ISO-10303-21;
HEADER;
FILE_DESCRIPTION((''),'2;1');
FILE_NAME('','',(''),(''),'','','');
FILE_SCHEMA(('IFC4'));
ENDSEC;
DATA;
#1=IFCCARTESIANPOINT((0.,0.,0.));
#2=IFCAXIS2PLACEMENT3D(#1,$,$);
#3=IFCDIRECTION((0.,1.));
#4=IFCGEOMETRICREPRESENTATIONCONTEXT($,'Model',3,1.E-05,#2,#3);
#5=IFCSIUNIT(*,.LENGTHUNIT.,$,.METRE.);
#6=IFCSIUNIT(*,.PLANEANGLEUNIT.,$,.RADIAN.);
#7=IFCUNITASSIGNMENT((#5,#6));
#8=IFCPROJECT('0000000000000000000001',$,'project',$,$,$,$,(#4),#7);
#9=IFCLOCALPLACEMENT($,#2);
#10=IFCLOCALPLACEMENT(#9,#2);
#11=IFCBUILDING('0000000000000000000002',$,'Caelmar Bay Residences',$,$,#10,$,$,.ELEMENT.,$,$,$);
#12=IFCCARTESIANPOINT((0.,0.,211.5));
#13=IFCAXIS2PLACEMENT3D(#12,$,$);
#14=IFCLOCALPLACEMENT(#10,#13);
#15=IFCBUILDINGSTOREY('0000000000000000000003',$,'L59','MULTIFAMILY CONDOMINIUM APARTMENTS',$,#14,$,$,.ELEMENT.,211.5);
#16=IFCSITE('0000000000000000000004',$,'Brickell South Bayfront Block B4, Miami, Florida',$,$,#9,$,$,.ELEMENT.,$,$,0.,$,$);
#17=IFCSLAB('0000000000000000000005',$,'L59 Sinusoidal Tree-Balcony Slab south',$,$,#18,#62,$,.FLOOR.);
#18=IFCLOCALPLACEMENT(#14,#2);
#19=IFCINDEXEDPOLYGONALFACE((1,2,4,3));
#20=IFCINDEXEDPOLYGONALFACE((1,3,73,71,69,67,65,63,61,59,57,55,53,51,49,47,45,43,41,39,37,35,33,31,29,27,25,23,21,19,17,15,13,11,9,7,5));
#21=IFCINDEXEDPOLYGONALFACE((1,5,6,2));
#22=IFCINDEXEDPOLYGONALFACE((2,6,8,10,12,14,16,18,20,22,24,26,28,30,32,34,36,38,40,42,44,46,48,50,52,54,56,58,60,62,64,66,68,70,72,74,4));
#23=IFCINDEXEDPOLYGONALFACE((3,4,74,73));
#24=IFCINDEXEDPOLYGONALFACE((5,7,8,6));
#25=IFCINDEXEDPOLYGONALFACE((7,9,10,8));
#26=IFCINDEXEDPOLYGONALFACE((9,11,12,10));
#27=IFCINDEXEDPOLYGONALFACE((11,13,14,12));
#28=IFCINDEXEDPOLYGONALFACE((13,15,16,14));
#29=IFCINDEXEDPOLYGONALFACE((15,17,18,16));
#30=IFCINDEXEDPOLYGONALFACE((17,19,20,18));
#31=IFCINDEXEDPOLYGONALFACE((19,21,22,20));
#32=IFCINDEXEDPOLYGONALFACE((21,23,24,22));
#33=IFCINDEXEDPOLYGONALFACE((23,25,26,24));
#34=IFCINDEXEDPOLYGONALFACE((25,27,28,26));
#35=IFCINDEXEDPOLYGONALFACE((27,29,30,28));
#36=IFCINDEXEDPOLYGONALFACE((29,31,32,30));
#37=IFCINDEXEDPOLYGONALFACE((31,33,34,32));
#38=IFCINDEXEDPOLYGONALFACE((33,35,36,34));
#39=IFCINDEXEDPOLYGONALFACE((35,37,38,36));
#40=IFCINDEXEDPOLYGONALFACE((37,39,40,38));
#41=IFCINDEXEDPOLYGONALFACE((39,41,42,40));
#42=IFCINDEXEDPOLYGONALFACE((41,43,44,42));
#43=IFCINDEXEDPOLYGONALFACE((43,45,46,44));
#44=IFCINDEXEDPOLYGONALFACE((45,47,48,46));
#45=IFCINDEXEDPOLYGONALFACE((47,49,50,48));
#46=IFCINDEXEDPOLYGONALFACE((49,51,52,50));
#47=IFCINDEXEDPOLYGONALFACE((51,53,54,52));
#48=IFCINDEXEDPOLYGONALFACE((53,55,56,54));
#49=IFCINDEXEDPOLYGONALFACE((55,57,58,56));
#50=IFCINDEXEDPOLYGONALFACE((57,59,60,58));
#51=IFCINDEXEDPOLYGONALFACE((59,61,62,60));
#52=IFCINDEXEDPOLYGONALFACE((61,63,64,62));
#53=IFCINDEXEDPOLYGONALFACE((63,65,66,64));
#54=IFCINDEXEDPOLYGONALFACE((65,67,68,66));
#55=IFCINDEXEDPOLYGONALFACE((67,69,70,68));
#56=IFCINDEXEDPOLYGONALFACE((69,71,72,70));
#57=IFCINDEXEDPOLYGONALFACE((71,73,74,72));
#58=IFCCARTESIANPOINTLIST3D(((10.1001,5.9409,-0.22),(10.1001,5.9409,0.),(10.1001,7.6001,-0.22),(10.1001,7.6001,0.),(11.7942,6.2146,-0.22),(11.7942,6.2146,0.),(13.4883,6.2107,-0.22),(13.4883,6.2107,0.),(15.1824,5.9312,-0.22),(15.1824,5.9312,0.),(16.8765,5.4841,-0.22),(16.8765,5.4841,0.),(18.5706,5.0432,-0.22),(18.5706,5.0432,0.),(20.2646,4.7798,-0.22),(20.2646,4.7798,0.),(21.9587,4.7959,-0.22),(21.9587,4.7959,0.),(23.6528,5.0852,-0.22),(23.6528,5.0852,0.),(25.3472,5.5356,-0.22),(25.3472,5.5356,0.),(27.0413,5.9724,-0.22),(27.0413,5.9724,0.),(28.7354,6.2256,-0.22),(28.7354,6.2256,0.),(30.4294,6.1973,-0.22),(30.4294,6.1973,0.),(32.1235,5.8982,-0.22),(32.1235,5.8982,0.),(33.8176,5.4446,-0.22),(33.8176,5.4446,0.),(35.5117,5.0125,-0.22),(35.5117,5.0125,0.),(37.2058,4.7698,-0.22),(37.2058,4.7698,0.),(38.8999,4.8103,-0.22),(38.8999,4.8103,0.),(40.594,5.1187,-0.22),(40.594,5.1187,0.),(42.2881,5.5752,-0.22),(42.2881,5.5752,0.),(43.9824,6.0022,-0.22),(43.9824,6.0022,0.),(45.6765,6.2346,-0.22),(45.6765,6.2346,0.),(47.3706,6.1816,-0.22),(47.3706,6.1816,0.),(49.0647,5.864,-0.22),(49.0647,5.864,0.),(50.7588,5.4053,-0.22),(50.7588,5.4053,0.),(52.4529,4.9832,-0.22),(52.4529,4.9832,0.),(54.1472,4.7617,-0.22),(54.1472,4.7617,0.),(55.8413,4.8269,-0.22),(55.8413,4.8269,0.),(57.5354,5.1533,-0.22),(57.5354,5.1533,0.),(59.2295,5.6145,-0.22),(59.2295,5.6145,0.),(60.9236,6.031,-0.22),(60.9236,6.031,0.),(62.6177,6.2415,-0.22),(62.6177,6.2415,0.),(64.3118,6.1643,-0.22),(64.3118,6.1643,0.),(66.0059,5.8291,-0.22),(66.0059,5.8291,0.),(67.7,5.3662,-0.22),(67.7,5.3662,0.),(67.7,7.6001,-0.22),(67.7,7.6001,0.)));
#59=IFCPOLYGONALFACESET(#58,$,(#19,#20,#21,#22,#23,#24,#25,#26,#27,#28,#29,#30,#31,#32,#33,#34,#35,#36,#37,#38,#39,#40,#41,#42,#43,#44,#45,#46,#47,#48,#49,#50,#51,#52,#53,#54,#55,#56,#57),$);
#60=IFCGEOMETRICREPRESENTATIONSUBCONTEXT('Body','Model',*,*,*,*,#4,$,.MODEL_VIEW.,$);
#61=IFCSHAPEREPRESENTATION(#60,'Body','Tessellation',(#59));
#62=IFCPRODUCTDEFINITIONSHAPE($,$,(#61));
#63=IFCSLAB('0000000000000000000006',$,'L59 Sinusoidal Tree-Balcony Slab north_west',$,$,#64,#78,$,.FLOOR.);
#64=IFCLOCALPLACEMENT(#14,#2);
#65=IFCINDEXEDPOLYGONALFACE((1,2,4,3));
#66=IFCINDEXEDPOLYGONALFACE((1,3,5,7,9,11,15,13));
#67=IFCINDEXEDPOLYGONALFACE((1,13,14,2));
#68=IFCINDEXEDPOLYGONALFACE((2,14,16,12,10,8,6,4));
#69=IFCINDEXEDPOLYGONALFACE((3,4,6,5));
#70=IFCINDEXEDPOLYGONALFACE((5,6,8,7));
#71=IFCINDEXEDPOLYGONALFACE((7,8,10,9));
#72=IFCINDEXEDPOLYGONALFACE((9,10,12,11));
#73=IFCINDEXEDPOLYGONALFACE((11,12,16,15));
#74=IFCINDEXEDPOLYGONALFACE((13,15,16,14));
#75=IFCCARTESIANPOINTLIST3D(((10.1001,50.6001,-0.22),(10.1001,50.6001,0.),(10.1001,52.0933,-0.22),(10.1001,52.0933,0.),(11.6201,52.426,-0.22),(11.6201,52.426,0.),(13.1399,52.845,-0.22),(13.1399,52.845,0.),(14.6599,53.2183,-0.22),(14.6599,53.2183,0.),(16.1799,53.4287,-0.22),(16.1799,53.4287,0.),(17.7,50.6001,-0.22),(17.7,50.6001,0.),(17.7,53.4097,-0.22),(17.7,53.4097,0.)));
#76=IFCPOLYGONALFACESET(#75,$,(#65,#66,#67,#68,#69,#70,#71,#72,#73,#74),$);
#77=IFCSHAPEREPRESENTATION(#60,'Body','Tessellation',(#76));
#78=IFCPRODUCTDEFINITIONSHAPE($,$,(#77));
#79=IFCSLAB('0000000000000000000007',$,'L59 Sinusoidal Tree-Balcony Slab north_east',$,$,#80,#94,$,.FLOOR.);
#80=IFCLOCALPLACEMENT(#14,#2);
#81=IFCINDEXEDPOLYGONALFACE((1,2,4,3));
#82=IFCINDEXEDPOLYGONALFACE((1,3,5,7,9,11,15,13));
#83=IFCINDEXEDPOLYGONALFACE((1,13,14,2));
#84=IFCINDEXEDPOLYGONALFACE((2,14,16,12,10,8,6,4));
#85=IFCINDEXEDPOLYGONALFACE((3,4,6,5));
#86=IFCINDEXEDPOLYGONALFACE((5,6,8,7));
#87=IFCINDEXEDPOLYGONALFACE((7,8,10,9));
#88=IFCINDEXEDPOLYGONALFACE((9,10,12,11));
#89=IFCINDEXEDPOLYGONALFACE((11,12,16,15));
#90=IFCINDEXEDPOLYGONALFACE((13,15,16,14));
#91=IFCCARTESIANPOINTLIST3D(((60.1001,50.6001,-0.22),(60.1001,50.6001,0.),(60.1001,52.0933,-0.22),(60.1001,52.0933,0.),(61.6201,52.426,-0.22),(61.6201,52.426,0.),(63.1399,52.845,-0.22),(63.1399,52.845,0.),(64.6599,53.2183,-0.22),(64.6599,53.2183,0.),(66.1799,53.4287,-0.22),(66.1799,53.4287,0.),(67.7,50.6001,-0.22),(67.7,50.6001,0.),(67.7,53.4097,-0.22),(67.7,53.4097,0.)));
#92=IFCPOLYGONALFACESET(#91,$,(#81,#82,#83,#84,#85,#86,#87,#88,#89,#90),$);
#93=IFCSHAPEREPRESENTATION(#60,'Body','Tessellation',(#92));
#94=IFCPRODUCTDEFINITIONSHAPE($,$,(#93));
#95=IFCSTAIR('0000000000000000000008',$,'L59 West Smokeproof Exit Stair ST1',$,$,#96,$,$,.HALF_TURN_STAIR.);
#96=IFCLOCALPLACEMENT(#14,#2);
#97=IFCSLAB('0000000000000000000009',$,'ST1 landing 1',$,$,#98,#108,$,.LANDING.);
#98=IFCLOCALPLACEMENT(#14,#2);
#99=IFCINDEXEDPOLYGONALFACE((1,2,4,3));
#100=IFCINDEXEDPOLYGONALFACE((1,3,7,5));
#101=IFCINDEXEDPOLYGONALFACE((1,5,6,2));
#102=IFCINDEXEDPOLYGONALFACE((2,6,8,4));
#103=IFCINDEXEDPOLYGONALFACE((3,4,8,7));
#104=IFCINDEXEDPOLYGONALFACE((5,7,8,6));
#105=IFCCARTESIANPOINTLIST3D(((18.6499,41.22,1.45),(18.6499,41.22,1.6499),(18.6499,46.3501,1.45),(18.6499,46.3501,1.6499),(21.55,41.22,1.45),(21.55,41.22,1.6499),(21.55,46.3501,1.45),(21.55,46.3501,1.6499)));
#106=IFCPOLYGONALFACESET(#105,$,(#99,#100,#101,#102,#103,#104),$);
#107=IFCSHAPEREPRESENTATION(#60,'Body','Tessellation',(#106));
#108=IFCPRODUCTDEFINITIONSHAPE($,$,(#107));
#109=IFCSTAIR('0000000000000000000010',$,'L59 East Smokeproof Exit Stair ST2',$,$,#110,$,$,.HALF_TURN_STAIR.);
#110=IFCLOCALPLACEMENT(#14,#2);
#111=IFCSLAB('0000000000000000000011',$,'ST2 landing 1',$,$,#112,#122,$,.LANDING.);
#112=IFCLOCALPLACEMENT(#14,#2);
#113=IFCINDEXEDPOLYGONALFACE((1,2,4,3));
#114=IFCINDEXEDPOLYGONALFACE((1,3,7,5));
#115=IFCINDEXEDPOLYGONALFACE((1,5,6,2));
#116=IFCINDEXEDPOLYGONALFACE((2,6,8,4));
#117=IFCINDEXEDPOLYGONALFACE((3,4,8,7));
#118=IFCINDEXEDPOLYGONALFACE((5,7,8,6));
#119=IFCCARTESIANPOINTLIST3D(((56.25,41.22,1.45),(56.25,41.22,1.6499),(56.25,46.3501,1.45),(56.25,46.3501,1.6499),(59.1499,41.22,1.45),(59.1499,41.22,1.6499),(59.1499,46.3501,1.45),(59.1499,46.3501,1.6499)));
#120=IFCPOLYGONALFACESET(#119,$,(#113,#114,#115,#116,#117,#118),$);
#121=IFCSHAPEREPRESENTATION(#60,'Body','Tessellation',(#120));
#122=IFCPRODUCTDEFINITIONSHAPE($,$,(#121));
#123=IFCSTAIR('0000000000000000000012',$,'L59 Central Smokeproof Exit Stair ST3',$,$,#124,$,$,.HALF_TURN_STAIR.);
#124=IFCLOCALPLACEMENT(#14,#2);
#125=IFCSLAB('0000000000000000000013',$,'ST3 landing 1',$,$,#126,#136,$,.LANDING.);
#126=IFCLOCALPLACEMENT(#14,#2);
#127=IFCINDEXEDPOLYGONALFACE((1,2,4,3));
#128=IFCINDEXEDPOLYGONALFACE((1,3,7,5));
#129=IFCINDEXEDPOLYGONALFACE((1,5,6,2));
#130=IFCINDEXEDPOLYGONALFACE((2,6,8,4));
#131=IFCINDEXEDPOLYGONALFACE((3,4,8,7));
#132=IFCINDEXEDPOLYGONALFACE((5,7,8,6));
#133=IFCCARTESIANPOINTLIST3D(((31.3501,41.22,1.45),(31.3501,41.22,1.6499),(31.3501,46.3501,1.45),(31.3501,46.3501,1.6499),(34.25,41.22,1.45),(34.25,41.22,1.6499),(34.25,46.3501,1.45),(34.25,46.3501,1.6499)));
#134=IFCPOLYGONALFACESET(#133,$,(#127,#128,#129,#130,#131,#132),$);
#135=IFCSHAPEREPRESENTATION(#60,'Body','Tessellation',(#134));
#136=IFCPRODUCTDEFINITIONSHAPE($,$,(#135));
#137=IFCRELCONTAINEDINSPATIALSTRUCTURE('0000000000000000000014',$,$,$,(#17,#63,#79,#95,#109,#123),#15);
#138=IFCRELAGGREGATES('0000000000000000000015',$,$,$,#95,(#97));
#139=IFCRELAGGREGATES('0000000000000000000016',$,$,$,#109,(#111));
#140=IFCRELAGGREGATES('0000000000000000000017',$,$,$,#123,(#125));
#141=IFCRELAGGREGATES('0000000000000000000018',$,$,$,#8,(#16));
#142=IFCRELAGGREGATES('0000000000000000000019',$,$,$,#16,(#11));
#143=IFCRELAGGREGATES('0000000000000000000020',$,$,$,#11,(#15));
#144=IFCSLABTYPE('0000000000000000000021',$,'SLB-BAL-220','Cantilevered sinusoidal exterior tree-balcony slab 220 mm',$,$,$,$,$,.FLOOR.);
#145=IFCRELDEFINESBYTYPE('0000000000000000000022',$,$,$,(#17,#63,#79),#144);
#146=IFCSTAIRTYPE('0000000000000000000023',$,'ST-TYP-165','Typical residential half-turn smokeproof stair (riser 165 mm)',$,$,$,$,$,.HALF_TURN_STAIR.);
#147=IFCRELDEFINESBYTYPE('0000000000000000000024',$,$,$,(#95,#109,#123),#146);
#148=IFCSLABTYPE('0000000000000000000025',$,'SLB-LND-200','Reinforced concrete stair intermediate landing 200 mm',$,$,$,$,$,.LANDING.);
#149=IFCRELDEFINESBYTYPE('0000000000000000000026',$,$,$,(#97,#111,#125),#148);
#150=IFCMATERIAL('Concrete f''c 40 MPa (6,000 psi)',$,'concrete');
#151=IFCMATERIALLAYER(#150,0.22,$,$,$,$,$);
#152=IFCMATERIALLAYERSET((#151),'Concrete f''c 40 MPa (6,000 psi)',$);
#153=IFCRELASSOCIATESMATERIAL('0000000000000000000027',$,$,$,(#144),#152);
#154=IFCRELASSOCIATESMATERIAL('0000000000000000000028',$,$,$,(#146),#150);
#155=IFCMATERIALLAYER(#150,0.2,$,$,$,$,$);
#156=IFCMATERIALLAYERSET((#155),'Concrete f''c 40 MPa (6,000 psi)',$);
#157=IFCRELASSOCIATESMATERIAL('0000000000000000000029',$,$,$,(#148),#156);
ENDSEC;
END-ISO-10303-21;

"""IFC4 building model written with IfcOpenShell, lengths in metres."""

from ifc_helpers import new_model, si_unit, direction, frame, origin, place, context, subcontext, project, spatial, polyline, outline, extrude, material, layer, layer_set, type_object, element, aggregate, save


model = new_model("IFC4")

# Units and contexts
model_context = context("Model", 3, precision=1e-05, world=origin(), true_north=direction((0.0, 1.0)))
body_context = subcontext(model_context, "Body", "Model", "MODEL_VIEW")
ifc_project = project(units=[si_unit("LENGTHUNIT", "METRE"), si_unit("PLANEANGLEUNIT", "RADIAN")], contexts=[model_context])

# Site, building, storey
site_placement = place(None, origin())
site = spatial("IfcSite", under=ifc_project, at=site_placement, Name="Brickell South Bayfront Block B4, Miami, Florida", CompositionType="ELEMENT", RefElevation=0.0)
building_placement = place(site_placement, origin())
building = spatial("IfcBuilding", under=site, at=building_placement, Name="Caelmar Bay Residences", CompositionType="ELEMENT")
storey_placement = place(building_placement, frame((0.0, 0.0, 211.5)))
storey = spatial("IfcBuildingStorey", under=building, at=storey_placement, Name="L59", Description="MULTIFAMILY CONDOMINIUM APARTMENTS", CompositionType="ELEMENT", Elevation=211.5)

# Slabs
ifc_material_1 = material(Name="Concrete f'c 40 MPa (6,000 psi)", Category="concrete")
ifc_layer_1 = layer(ifc_material_1, 0.22)
ifc_layer_set_1 = layer_set([ifc_layer_1], Name="Concrete f'c 40 MPa (6,000 psi)")
slab_type_1 = type_object("IfcSlabType", Name="SLB-BAL-220", Description="Cantilevered sinusoidal exterior tree-balcony slab 220 mm", PredefinedType="FLOOR", material=ifc_layer_set_1)
slab_1_placement = place(storey_placement, frame((0.0, 0.0, -0.22)))
element("IfcSlab", 1, at=slab_1_placement, inside=storey, type_object=slab_type_1, Name="L59 Sinusoidal Tree-Balcony Slab south", PredefinedType="FLOOR", context=body_context, shape_type="SweptSolid", body=[
    extrude(outline(polyline([(10.1001, 5.9409), (11.7942, 6.2146), (13.4883, 6.2107), (15.1824, 5.9312), (16.8765, 5.4841), (18.5706, 5.0432), (20.2646, 4.7798), (21.9587, 4.7959), (23.6528, 5.0852), (25.3472, 5.5356), (27.0413, 5.9724), (28.7354, 6.2256), (30.4294, 6.1973), (32.1235, 5.8982), (33.8176, 5.4446), (35.5117, 5.0125), (37.2058, 4.7698), (38.8999, 4.8103), (40.594, 5.1187), (42.2881, 5.5752), (43.9824, 6.0022), (45.6765, 6.2346), (47.3706, 6.1816), (49.0647, 5.864), (50.7588, 5.4053), (52.4529, 4.9832), (54.1472, 4.7617), (55.8413, 4.8269), (57.5354, 5.1533), (59.2295, 5.6145), (60.9236, 6.031), (62.6177, 6.2415), (64.3118, 6.1643), (66.0059, 5.8291), (67.7, 5.3662), (67.7, 7.6001), (10.1001, 7.6001), (10.1001, 5.9409)])), origin(), (0.0, 0.0, 1.0), 0.22),
])
slab_2_placement = place(storey_placement, frame((0.0, 0.0, -0.22)))
element("IfcSlab", 2, at=slab_2_placement, inside=storey, type_object=slab_type_1, Name="L59 Sinusoidal Tree-Balcony Slab north_west", PredefinedType="FLOOR", context=body_context, shape_type="SweptSolid", body=[
    extrude(outline(polyline([(10.1001, 50.6001), (17.7, 50.6001), (17.7, 53.4097), (16.1799, 53.4287), (14.6599, 53.2183), (13.1399, 52.845), (11.6201, 52.426), (10.1001, 52.0933), (10.1001, 50.6001)])), origin(), (0.0, 0.0, 1.0), 0.22),
])
slab_3_placement = place(storey_placement, frame((0.0, 0.0, -0.22)))
element("IfcSlab", 3, at=slab_3_placement, inside=storey, type_object=slab_type_1, Name="L59 Sinusoidal Tree-Balcony Slab north_east", PredefinedType="FLOOR", context=body_context, shape_type="SweptSolid", body=[
    extrude(outline(polyline([(60.1001, 50.6001), (67.7, 50.6001), (67.7, 53.4097), (66.1799, 53.4287), (64.6599, 53.2183), (63.1399, 52.845), (61.6201, 52.426), (60.1001, 52.0933), (60.1001, 50.6001)])), origin(), (0.0, 0.0, 1.0), 0.22),
])

# Stairs, slabs
stair_type = type_object("IfcStairType", Name="ST-TYP-165", Description="Typical residential half-turn smokeproof stair (riser 165 mm)", PredefinedType="HALF_TURN_STAIR", material=ifc_material_1)
stair_1_placement = place(storey_placement, origin())
stair_1 = element("IfcStair", 4, at=stair_1_placement, inside=storey, type_object=stair_type, Name="L59 West Smokeproof Exit Stair ST1", PredefinedType="HALF_TURN_STAIR")
ifc_layer_2 = layer(ifc_material_1, 0.2)
ifc_layer_set_2 = layer_set([ifc_layer_2], Name="Concrete f'c 40 MPa (6,000 psi)")
slab_type_2 = type_object("IfcSlabType", Name="SLB-LND-200", Description="Reinforced concrete stair intermediate landing 200 mm", PredefinedType="LANDING", material=ifc_layer_set_2)
slab_4_placement = place(storey_placement, frame((0.0, 0.0, 1.45)))
slab_4 = element("IfcSlab", 5, at=slab_4_placement, type_object=slab_type_2, Name="ST1 landing 1", PredefinedType="LANDING", context=body_context, shape_type="SweptSolid", body=[
    extrude(outline(polyline([(21.55, 41.22), (21.55, 46.3501), (18.6499, 46.3501), (18.6499, 41.22), (21.55, 41.22)])), origin(), (0.0, 0.0, 1.0), 0.2),
])
aggregate(stair_1, [slab_4])
stair_2_placement = place(storey_placement, origin())
stair_2 = element("IfcStair", 6, at=stair_2_placement, inside=storey, type_object=stair_type, Name="L59 East Smokeproof Exit Stair ST2", PredefinedType="HALF_TURN_STAIR")
slab_5_placement = place(storey_placement, frame((0.0, 0.0, 1.45)))
slab_5 = element("IfcSlab", 7, at=slab_5_placement, type_object=slab_type_2, Name="ST2 landing 1", PredefinedType="LANDING", context=body_context, shape_type="SweptSolid", body=[
    extrude(outline(polyline([(59.1499, 41.22), (59.1499, 46.3501), (56.25, 46.3501), (56.25, 41.22), (59.1499, 41.22)])), origin(), (0.0, 0.0, 1.0), 0.2),
])
aggregate(stair_2, [slab_5])
stair_3_placement = place(storey_placement, origin())
stair_3 = element("IfcStair", 8, at=stair_3_placement, inside=storey, type_object=stair_type, Name="L59 Central Smokeproof Exit Stair ST3", PredefinedType="HALF_TURN_STAIR")
slab_6_placement = place(storey_placement, frame((0.0, 0.0, 1.45)))
slab_6 = element("IfcSlab", 9, at=slab_6_placement, type_object=slab_type_2, Name="ST3 landing 1", PredefinedType="LANDING", context=body_context, shape_type="SweptSolid", body=[
    extrude(outline(polyline([(34.25, 41.22), (34.25, 46.3501), (31.3501, 46.3501), (31.3501, 41.22), (34.25, 41.22)])), origin(), (0.0, 0.0, 1.0), 0.2),
])
aggregate(stair_3, [slab_6])

save(model, "model.ifc")
